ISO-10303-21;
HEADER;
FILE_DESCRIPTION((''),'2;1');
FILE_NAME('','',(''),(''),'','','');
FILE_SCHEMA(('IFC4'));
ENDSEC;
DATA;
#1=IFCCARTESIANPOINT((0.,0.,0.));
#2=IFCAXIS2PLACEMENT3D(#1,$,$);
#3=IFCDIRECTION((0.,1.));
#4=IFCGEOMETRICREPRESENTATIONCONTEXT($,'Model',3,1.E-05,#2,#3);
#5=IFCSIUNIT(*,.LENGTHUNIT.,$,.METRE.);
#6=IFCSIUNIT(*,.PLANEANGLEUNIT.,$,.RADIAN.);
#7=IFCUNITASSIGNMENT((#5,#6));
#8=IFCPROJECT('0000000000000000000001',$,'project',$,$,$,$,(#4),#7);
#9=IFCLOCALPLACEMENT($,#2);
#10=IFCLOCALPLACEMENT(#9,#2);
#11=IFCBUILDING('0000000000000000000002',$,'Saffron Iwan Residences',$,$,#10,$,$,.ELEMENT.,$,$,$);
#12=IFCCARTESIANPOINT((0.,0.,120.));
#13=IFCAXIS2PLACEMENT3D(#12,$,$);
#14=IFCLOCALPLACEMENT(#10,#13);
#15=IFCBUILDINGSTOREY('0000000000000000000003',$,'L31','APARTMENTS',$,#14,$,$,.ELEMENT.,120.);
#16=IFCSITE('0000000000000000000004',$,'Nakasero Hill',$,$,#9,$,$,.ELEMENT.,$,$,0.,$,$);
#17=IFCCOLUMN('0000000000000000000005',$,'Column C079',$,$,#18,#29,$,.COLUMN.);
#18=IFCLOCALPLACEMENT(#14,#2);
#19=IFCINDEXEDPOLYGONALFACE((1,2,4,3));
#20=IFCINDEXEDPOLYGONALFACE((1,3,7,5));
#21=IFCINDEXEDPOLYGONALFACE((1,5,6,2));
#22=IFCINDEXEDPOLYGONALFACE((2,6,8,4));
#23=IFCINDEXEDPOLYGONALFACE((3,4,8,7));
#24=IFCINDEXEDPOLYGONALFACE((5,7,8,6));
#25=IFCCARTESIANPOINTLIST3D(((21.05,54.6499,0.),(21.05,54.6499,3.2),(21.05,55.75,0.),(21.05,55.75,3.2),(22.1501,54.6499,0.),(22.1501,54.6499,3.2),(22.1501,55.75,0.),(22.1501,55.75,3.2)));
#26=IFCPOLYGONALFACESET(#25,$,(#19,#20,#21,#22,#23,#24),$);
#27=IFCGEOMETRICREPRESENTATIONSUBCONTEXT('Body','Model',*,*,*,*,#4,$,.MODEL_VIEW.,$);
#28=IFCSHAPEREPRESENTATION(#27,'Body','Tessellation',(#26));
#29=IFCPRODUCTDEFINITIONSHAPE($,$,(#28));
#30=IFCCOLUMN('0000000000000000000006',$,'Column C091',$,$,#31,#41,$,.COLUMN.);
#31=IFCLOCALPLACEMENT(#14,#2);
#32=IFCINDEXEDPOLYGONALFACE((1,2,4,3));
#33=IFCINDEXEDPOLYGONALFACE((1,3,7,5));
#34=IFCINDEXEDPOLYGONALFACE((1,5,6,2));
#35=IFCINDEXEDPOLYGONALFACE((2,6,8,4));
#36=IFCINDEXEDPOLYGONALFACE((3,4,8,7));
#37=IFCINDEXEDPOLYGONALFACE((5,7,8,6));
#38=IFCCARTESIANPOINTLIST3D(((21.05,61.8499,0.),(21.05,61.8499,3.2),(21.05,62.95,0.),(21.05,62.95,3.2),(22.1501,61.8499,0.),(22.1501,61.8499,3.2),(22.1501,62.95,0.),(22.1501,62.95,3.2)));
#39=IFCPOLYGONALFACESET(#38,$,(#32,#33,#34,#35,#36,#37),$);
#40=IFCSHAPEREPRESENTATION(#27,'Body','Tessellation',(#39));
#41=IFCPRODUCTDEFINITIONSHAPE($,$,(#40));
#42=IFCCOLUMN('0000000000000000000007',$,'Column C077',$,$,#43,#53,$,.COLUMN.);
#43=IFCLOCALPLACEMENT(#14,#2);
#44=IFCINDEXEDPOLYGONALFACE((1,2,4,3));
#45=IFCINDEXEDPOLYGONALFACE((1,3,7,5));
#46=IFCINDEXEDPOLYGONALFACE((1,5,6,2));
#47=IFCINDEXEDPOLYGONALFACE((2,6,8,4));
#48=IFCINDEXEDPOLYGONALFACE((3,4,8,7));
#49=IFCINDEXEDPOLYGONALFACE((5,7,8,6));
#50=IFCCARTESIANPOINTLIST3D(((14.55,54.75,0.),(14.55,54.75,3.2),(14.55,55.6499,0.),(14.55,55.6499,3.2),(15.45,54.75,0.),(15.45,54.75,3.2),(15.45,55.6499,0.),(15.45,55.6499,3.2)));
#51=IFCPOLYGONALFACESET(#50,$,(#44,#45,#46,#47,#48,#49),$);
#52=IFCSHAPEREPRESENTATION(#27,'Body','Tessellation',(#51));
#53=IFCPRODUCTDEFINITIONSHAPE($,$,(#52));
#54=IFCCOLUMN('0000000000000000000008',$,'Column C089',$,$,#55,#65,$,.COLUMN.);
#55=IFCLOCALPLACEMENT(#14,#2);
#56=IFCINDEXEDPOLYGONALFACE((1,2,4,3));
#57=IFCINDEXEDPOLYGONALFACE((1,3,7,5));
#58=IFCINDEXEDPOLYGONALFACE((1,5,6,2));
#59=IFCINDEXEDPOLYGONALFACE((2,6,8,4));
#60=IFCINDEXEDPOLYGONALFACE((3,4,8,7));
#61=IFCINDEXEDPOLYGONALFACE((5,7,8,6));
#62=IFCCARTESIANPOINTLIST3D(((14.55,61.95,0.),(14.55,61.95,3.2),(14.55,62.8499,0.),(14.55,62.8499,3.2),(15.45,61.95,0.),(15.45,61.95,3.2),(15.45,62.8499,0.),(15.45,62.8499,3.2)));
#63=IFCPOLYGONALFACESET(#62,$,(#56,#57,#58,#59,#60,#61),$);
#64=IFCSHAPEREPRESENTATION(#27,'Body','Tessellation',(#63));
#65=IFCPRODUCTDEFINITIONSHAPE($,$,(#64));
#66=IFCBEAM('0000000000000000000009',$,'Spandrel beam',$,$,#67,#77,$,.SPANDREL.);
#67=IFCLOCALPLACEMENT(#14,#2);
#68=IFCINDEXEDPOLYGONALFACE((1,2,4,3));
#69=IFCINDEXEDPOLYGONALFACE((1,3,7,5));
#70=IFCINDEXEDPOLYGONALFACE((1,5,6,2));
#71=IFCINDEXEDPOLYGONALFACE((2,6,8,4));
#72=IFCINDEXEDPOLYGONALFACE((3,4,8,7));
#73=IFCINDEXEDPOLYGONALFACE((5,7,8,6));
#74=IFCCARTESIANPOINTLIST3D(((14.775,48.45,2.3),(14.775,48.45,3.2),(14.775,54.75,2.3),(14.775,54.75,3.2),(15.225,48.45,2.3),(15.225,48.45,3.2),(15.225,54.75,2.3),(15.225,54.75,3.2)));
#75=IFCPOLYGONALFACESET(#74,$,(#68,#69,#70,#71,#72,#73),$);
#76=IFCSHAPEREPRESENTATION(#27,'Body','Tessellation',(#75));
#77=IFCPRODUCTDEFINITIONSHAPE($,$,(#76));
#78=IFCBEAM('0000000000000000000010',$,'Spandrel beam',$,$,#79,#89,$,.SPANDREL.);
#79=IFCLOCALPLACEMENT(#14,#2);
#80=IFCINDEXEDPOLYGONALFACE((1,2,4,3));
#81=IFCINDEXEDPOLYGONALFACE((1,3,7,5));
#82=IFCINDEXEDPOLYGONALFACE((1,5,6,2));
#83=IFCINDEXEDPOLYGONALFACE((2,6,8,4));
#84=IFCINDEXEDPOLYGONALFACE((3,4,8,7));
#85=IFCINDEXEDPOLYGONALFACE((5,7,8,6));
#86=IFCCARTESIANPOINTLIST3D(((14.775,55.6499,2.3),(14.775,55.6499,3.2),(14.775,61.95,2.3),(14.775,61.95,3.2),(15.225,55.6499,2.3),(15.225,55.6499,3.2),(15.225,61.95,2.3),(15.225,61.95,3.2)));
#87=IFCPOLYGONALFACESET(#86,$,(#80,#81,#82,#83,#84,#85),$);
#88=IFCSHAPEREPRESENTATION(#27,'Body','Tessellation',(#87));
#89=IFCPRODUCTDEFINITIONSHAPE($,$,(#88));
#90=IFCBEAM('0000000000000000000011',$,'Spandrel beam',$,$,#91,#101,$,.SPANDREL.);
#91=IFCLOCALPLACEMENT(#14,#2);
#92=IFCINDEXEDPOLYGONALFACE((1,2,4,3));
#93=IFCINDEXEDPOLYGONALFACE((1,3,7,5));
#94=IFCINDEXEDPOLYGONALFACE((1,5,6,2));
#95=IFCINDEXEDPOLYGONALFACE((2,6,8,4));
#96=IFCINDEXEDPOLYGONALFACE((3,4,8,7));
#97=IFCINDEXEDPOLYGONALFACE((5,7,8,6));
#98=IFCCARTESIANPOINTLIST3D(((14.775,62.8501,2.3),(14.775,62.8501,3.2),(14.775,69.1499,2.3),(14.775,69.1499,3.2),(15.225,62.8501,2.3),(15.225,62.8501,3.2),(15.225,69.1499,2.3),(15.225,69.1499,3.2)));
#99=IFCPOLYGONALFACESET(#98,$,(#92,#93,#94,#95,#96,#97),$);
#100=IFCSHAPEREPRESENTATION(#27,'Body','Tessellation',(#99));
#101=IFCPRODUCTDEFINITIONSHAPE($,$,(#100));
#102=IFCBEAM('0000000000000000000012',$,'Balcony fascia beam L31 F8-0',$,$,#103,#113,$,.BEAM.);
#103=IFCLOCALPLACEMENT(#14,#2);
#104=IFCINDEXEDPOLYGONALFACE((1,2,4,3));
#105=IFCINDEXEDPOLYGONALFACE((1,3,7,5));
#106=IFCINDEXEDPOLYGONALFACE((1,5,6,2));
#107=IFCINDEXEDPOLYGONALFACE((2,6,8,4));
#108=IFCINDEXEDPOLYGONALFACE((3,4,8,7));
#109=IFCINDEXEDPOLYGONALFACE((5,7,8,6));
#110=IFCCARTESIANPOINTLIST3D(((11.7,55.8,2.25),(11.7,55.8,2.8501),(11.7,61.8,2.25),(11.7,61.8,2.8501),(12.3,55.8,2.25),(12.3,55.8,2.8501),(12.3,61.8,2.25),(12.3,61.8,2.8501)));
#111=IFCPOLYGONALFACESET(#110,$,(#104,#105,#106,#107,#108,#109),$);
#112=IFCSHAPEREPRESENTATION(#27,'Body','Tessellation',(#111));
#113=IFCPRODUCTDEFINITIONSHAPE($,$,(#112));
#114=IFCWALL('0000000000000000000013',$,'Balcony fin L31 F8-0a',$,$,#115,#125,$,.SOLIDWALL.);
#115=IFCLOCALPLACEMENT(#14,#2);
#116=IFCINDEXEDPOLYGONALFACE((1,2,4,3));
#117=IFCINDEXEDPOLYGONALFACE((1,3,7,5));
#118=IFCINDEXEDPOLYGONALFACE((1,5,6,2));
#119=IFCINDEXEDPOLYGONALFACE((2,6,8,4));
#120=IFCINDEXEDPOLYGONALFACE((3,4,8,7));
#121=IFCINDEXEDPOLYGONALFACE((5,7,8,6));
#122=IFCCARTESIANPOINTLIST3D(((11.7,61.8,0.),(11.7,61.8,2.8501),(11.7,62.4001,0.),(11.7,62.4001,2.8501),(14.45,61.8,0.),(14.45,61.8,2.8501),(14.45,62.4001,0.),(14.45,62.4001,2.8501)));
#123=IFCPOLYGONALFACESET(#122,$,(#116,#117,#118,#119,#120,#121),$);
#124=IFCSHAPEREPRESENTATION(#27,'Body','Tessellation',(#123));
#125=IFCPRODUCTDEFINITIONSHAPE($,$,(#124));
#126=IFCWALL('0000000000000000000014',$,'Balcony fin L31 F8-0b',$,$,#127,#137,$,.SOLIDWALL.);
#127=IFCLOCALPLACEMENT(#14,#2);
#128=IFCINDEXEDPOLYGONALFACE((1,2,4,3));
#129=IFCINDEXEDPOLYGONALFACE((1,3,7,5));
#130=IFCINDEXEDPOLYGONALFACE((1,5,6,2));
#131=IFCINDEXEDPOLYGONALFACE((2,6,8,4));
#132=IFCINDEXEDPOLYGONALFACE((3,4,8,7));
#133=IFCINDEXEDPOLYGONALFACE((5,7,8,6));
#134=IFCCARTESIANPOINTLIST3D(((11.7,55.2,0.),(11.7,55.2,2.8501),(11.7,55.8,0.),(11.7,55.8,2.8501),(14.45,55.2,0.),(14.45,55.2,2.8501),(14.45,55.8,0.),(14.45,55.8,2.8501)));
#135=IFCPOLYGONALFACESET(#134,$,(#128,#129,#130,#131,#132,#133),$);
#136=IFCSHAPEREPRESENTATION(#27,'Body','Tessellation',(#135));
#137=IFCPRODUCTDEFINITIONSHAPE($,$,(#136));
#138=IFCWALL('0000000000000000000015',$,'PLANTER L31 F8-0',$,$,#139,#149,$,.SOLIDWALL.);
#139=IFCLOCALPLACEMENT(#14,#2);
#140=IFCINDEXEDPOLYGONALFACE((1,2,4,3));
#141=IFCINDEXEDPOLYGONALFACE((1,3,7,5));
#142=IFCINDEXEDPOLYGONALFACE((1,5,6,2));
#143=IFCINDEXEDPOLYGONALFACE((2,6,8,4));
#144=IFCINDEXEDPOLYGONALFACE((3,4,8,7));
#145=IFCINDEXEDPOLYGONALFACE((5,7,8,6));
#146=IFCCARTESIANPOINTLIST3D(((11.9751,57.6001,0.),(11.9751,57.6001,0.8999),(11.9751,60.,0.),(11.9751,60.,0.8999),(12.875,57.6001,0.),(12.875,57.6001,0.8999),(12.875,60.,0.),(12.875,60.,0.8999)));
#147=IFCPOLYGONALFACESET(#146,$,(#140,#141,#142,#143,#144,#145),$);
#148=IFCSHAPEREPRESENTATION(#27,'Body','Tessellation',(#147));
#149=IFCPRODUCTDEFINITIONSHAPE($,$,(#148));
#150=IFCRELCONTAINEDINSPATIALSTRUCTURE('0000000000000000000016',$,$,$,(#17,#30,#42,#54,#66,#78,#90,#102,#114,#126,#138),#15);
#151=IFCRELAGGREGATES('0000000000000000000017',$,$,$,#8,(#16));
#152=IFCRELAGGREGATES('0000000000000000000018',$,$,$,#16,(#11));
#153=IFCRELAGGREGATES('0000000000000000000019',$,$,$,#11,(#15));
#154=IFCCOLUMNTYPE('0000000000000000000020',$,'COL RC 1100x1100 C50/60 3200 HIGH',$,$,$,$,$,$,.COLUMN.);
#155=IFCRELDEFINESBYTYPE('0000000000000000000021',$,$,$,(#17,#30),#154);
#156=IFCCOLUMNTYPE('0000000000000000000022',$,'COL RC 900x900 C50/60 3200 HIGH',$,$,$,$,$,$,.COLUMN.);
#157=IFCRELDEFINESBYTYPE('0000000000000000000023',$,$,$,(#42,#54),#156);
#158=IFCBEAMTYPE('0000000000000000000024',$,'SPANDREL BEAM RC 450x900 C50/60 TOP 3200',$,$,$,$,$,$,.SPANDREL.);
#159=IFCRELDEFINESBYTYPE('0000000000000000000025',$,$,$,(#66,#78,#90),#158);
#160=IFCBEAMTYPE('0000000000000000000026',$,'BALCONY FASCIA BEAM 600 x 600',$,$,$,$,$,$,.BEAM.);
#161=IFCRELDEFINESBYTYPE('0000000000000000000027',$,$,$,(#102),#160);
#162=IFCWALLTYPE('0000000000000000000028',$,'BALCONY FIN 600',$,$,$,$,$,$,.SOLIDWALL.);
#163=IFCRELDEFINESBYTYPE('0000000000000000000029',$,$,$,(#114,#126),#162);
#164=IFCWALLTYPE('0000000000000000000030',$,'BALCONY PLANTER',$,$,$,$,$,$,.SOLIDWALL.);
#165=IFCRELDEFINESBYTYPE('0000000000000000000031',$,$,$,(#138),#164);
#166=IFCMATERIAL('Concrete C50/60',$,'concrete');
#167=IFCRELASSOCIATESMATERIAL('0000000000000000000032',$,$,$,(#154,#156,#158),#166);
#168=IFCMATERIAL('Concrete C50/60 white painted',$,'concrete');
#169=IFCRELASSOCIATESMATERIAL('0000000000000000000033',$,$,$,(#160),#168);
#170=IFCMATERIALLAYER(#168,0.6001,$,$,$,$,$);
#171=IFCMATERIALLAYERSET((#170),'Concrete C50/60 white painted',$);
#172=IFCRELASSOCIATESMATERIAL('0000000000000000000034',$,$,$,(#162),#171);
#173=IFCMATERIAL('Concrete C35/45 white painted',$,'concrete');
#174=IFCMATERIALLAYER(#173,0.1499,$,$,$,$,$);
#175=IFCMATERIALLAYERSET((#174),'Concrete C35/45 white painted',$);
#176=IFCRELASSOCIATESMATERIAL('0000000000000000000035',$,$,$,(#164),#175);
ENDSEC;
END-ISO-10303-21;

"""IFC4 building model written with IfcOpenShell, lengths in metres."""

from ifc_helpers import new_model, si_unit, direction, frame, frame_2d, origin, origin_2d, place, context, subcontext, project, spatial, rectangle, extrude, source, transform, mapped, material, layer, layer_set, material_profile, profile_set, type_object, element, save


model = new_model("IFC4")

# Units and contexts
model_context = context("Model", 3, precision=1e-05, world=origin(), true_north=direction((0.0, 1.0)))
body_context = subcontext(model_context, "Body", "Model", "MODEL_VIEW")
ifc_project = project(units=[si_unit("LENGTHUNIT", "METRE"), si_unit("PLANEANGLEUNIT", "RADIAN")], contexts=[model_context])

# Site, building, storey
site_placement = place(None, origin())
site = spatial("IfcSite", under=ifc_project, at=site_placement, Name="Nakasero Hill", CompositionType="ELEMENT", RefElevation=0.0)
building_placement = place(site_placement, origin())
building = spatial("IfcBuilding", under=site, at=building_placement, Name="Saffron Iwan Residences", CompositionType="ELEMENT")
storey_placement = place(building_placement, frame((0.0, 0.0, 120.0)))
storey = spatial("IfcBuildingStorey", under=building, at=storey_placement, Name="L31", Description="APARTMENTS", CompositionType="ELEMENT", Elevation=120.0)

# Columns
ifc_material_1 = material(Name="Concrete C50/60", Category="concrete")
ifc_material_profile_1 = material_profile(ifc_material_1, rectangle(XDim=1.1001, YDim=1.1001, at=origin_2d()), Name="RC 1100x1100")
ifc_profile_set_1 = profile_set([ifc_material_profile_1], Name="Concrete C50/60")
column_type_1 = type_object("IfcColumnType", Name="COL RC 1100x1100 C50/60 3200 HIGH", PredefinedType="COLUMN", material=ifc_profile_set_1)
shared_shape_1 = source(origin(), body_context, "Body", "SweptSolid", [
    extrude(rectangle(XDim=1.1001, YDim=1.1001, at=origin_2d()), origin(), (0.0, 0.0, 1.0), 3.2),
])
for number, where, z_axis, x_axis, name in (
    (1, (21.6001, 55.2, 0.0), (0.0, 0.0, 1.0), (1.0, 0.0, 0.0), "Column C079"),
    (2, (21.6001, 62.3999, 0.0), (0.0, 0.0, 1.0), (1.0, 0.0, 0.0), "Column C091"),
):
    element("IfcColumn", number, at=place(storey_placement, frame(where, z_axis=z_axis, x_axis=x_axis)), inside=storey, type_object=column_type_1, Name=name, PredefinedType="COLUMN", context=body_context, shape_type="MappedRepresentation", body=[
        mapped(shared_shape_1, transform((0.0, 0.0, 0.0))),
    ])
ifc_material_profile_2 = material_profile(ifc_material_1, rectangle(XDim=0.8999, YDim=0.8999, at=origin_2d()), Name="RC 900x900")
ifc_profile_set_2 = profile_set([ifc_material_profile_2], Name="Concrete C50/60")
column_type_2 = type_object("IfcColumnType", Name="COL RC 900x900 C50/60 3200 HIGH", PredefinedType="COLUMN", material=ifc_profile_set_2)
shared_shape_2 = source(origin(), body_context, "Body", "SweptSolid", [
    extrude(rectangle(XDim=0.8999, YDim=0.8999, at=origin_2d()), origin(), (0.0, 0.0, 1.0), 3.2),
])
for number, where, z_axis, x_axis, name in (
    (3, (15.0, 55.2, 0.0), (0.0, 0.0, 1.0), (1.0, 0.0, 0.0), "Column C077"),
    (4, (15.0, 62.3999, 0.0), (0.0, 0.0, 1.0), (1.0, 0.0, 0.0), "Column C089"),
):
    element("IfcColumn", number, at=place(storey_placement, frame(where, z_axis=z_axis, x_axis=x_axis)), inside=storey, type_object=column_type_2, Name=name, PredefinedType="COLUMN", context=body_context, shape_type="MappedRepresentation", body=[
        mapped(shared_shape_2, transform((0.0, 0.0, 0.0))),
    ])

# Beams
ifc_material_profile_3 = material_profile(ifc_material_1, rectangle(XDim=0.45, YDim=0.8999, at=origin_2d()), Name="RC 450x900")
ifc_profile_set_3 = profile_set([ifc_material_profile_3], Name="Concrete C50/60")
beam_type_1 = type_object("IfcBeamType", Name="SPANDREL BEAM RC 450x900 C50/60 TOP 3200", PredefinedType="SPANDREL", material=ifc_profile_set_3)
shared_shape_3 = source(origin(), body_context, "Body", "SweptSolid", [
    extrude(rectangle(XDim=0.45, YDim=0.8999, at=origin_2d()), origin(), (0.0, 0.0, 1.0), 6.3),
])
for number, where, z_axis, x_axis, name in (
    (5, (15.0, 48.45, 2.75), (0.0, 1.0, 0.0), (-1.0, 0.0, 0.0), "Spandrel beam"),
    (6, (15.0, 55.6499, 2.75), (0.0, 1.0, 0.0), (-1.0, 0.0, 0.0), "Spandrel beam"),
):
    element("IfcBeam", number, at=place(storey_placement, frame(where, z_axis=z_axis, x_axis=x_axis)), inside=storey, type_object=beam_type_1, Name=name, PredefinedType="SPANDREL", context=body_context, shape_type="MappedRepresentation", body=[
        mapped(shared_shape_3, transform((0.0, 0.0, 0.0))),
    ])
shared_shape_4 = source(origin(), body_context, "Body", "SweptSolid", [
    extrude(rectangle(XDim=0.45, YDim=0.8999, at=origin_2d()), origin(), (0.0, 0.0, 1.0), 6.2998),
])
beam_1_placement = place(storey_placement, frame((15.0, 62.8501, 2.75), z_axis=(0.0, 1.0, 0.0), x_axis=(-1.0, 0.0, 0.0)))
element("IfcBeam", 7, at=beam_1_placement, inside=storey, type_object=beam_type_1, Name="Spandrel beam", PredefinedType="SPANDREL", context=body_context, shape_type="MappedRepresentation", body=[
    mapped(shared_shape_4, transform((0.0, 0.0, 0.0))),
])
ifc_material_2 = material(Name="Concrete C50/60 white painted", Category="concrete")
ifc_material_profile_4 = material_profile(ifc_material_2, rectangle(XDim=0.6001, YDim=0.6001, at=origin_2d()), Name="BALCONY FASCIA BEAM 600 x 600")
ifc_profile_set_4 = profile_set([ifc_material_profile_4], Name="Concrete C50/60 white painted")
beam_type_2 = type_object("IfcBeamType", Name="BALCONY FASCIA BEAM 600 x 600", PredefinedType="BEAM", material=ifc_profile_set_4)
shared_shape_5 = source(origin(), body_context, "Body", "SweptSolid", [
    extrude(rectangle(XDim=0.6001, YDim=0.6001, at=origin_2d()), origin(), (0.0, 0.0, 1.0), 6.0),
])
beam_2_placement = place(storey_placement, frame((12.0, 61.8, 2.55), z_axis=(0.0, -1.0, 0.0), x_axis=(1.0, 0.0, 0.0)))
element("IfcBeam", 8, at=beam_2_placement, inside=storey, type_object=beam_type_2, Name="Balcony fascia beam L31 F8-0", PredefinedType="BEAM", context=body_context, shape_type="MappedRepresentation", body=[
    mapped(shared_shape_5, transform((0.0, 0.0, 0.0))),
])

# Walls
ifc_layer_1 = layer(ifc_material_2, 0.6001)
ifc_layer_set_1 = layer_set([ifc_layer_1], Name="Concrete C50/60 white painted")
wall_type_1 = type_object("IfcWallType", Name="BALCONY FIN 600", PredefinedType="SOLIDWALL", material=ifc_layer_set_1)
for number, where, z_axis, x_axis, name in (
    (9, (14.45, 62.1001, 0.0), (0.0, 0.0, 1.0), (-1.0, 0.0, 0.0), "Balcony fin L31 F8-0a"),
    (10, (14.45, 55.5, 0.0), (0.0, 0.0, 1.0), (-1.0, 0.0, 0.0), "Balcony fin L31 F8-0b"),
):
    element("IfcWall", number, at=place(storey_placement, frame(where, z_axis=z_axis, x_axis=x_axis)), inside=storey, type_object=wall_type_1, Name=name, PredefinedType="SOLIDWALL", context=body_context, shape_type="SweptSolid", body=[
        extrude(rectangle(XDim=2.75, YDim=0.6001, at=frame_2d((1.375, 0.0))), origin(), (0.0, 0.0, 1.0), 2.8501),
    ])
ifc_material_3 = material(Name="Concrete C35/45 white painted", Category="concrete")
ifc_layer_2 = layer(ifc_material_3, 0.1499)
ifc_layer_set_2 = layer_set([ifc_layer_2], Name="Concrete C35/45 white painted")
wall_type_2 = type_object("IfcWallType", Name="BALCONY PLANTER", PredefinedType="SOLIDWALL", material=ifc_layer_set_2)
wall_1_placement = place(storey_placement, frame((12.425, 60.0, 0.0), z_axis=(0.0, 0.0, 1.0), x_axis=(0.0, -1.0, 0.0)))
element("IfcWall", 11, at=wall_1_placement, inside=storey, type_object=wall_type_2, Name="PLANTER L31 F8-0", PredefinedType="SOLIDWALL", context=body_context, shape_type="SweptSolid", body=[
    extrude(rectangle(XDim=2.3999, YDim=0.8999, at=frame_2d((1.2, 0.0))), origin(), (0.0, 0.0, 1.0), 0.8999),
])

save(model, "model.ifc")
